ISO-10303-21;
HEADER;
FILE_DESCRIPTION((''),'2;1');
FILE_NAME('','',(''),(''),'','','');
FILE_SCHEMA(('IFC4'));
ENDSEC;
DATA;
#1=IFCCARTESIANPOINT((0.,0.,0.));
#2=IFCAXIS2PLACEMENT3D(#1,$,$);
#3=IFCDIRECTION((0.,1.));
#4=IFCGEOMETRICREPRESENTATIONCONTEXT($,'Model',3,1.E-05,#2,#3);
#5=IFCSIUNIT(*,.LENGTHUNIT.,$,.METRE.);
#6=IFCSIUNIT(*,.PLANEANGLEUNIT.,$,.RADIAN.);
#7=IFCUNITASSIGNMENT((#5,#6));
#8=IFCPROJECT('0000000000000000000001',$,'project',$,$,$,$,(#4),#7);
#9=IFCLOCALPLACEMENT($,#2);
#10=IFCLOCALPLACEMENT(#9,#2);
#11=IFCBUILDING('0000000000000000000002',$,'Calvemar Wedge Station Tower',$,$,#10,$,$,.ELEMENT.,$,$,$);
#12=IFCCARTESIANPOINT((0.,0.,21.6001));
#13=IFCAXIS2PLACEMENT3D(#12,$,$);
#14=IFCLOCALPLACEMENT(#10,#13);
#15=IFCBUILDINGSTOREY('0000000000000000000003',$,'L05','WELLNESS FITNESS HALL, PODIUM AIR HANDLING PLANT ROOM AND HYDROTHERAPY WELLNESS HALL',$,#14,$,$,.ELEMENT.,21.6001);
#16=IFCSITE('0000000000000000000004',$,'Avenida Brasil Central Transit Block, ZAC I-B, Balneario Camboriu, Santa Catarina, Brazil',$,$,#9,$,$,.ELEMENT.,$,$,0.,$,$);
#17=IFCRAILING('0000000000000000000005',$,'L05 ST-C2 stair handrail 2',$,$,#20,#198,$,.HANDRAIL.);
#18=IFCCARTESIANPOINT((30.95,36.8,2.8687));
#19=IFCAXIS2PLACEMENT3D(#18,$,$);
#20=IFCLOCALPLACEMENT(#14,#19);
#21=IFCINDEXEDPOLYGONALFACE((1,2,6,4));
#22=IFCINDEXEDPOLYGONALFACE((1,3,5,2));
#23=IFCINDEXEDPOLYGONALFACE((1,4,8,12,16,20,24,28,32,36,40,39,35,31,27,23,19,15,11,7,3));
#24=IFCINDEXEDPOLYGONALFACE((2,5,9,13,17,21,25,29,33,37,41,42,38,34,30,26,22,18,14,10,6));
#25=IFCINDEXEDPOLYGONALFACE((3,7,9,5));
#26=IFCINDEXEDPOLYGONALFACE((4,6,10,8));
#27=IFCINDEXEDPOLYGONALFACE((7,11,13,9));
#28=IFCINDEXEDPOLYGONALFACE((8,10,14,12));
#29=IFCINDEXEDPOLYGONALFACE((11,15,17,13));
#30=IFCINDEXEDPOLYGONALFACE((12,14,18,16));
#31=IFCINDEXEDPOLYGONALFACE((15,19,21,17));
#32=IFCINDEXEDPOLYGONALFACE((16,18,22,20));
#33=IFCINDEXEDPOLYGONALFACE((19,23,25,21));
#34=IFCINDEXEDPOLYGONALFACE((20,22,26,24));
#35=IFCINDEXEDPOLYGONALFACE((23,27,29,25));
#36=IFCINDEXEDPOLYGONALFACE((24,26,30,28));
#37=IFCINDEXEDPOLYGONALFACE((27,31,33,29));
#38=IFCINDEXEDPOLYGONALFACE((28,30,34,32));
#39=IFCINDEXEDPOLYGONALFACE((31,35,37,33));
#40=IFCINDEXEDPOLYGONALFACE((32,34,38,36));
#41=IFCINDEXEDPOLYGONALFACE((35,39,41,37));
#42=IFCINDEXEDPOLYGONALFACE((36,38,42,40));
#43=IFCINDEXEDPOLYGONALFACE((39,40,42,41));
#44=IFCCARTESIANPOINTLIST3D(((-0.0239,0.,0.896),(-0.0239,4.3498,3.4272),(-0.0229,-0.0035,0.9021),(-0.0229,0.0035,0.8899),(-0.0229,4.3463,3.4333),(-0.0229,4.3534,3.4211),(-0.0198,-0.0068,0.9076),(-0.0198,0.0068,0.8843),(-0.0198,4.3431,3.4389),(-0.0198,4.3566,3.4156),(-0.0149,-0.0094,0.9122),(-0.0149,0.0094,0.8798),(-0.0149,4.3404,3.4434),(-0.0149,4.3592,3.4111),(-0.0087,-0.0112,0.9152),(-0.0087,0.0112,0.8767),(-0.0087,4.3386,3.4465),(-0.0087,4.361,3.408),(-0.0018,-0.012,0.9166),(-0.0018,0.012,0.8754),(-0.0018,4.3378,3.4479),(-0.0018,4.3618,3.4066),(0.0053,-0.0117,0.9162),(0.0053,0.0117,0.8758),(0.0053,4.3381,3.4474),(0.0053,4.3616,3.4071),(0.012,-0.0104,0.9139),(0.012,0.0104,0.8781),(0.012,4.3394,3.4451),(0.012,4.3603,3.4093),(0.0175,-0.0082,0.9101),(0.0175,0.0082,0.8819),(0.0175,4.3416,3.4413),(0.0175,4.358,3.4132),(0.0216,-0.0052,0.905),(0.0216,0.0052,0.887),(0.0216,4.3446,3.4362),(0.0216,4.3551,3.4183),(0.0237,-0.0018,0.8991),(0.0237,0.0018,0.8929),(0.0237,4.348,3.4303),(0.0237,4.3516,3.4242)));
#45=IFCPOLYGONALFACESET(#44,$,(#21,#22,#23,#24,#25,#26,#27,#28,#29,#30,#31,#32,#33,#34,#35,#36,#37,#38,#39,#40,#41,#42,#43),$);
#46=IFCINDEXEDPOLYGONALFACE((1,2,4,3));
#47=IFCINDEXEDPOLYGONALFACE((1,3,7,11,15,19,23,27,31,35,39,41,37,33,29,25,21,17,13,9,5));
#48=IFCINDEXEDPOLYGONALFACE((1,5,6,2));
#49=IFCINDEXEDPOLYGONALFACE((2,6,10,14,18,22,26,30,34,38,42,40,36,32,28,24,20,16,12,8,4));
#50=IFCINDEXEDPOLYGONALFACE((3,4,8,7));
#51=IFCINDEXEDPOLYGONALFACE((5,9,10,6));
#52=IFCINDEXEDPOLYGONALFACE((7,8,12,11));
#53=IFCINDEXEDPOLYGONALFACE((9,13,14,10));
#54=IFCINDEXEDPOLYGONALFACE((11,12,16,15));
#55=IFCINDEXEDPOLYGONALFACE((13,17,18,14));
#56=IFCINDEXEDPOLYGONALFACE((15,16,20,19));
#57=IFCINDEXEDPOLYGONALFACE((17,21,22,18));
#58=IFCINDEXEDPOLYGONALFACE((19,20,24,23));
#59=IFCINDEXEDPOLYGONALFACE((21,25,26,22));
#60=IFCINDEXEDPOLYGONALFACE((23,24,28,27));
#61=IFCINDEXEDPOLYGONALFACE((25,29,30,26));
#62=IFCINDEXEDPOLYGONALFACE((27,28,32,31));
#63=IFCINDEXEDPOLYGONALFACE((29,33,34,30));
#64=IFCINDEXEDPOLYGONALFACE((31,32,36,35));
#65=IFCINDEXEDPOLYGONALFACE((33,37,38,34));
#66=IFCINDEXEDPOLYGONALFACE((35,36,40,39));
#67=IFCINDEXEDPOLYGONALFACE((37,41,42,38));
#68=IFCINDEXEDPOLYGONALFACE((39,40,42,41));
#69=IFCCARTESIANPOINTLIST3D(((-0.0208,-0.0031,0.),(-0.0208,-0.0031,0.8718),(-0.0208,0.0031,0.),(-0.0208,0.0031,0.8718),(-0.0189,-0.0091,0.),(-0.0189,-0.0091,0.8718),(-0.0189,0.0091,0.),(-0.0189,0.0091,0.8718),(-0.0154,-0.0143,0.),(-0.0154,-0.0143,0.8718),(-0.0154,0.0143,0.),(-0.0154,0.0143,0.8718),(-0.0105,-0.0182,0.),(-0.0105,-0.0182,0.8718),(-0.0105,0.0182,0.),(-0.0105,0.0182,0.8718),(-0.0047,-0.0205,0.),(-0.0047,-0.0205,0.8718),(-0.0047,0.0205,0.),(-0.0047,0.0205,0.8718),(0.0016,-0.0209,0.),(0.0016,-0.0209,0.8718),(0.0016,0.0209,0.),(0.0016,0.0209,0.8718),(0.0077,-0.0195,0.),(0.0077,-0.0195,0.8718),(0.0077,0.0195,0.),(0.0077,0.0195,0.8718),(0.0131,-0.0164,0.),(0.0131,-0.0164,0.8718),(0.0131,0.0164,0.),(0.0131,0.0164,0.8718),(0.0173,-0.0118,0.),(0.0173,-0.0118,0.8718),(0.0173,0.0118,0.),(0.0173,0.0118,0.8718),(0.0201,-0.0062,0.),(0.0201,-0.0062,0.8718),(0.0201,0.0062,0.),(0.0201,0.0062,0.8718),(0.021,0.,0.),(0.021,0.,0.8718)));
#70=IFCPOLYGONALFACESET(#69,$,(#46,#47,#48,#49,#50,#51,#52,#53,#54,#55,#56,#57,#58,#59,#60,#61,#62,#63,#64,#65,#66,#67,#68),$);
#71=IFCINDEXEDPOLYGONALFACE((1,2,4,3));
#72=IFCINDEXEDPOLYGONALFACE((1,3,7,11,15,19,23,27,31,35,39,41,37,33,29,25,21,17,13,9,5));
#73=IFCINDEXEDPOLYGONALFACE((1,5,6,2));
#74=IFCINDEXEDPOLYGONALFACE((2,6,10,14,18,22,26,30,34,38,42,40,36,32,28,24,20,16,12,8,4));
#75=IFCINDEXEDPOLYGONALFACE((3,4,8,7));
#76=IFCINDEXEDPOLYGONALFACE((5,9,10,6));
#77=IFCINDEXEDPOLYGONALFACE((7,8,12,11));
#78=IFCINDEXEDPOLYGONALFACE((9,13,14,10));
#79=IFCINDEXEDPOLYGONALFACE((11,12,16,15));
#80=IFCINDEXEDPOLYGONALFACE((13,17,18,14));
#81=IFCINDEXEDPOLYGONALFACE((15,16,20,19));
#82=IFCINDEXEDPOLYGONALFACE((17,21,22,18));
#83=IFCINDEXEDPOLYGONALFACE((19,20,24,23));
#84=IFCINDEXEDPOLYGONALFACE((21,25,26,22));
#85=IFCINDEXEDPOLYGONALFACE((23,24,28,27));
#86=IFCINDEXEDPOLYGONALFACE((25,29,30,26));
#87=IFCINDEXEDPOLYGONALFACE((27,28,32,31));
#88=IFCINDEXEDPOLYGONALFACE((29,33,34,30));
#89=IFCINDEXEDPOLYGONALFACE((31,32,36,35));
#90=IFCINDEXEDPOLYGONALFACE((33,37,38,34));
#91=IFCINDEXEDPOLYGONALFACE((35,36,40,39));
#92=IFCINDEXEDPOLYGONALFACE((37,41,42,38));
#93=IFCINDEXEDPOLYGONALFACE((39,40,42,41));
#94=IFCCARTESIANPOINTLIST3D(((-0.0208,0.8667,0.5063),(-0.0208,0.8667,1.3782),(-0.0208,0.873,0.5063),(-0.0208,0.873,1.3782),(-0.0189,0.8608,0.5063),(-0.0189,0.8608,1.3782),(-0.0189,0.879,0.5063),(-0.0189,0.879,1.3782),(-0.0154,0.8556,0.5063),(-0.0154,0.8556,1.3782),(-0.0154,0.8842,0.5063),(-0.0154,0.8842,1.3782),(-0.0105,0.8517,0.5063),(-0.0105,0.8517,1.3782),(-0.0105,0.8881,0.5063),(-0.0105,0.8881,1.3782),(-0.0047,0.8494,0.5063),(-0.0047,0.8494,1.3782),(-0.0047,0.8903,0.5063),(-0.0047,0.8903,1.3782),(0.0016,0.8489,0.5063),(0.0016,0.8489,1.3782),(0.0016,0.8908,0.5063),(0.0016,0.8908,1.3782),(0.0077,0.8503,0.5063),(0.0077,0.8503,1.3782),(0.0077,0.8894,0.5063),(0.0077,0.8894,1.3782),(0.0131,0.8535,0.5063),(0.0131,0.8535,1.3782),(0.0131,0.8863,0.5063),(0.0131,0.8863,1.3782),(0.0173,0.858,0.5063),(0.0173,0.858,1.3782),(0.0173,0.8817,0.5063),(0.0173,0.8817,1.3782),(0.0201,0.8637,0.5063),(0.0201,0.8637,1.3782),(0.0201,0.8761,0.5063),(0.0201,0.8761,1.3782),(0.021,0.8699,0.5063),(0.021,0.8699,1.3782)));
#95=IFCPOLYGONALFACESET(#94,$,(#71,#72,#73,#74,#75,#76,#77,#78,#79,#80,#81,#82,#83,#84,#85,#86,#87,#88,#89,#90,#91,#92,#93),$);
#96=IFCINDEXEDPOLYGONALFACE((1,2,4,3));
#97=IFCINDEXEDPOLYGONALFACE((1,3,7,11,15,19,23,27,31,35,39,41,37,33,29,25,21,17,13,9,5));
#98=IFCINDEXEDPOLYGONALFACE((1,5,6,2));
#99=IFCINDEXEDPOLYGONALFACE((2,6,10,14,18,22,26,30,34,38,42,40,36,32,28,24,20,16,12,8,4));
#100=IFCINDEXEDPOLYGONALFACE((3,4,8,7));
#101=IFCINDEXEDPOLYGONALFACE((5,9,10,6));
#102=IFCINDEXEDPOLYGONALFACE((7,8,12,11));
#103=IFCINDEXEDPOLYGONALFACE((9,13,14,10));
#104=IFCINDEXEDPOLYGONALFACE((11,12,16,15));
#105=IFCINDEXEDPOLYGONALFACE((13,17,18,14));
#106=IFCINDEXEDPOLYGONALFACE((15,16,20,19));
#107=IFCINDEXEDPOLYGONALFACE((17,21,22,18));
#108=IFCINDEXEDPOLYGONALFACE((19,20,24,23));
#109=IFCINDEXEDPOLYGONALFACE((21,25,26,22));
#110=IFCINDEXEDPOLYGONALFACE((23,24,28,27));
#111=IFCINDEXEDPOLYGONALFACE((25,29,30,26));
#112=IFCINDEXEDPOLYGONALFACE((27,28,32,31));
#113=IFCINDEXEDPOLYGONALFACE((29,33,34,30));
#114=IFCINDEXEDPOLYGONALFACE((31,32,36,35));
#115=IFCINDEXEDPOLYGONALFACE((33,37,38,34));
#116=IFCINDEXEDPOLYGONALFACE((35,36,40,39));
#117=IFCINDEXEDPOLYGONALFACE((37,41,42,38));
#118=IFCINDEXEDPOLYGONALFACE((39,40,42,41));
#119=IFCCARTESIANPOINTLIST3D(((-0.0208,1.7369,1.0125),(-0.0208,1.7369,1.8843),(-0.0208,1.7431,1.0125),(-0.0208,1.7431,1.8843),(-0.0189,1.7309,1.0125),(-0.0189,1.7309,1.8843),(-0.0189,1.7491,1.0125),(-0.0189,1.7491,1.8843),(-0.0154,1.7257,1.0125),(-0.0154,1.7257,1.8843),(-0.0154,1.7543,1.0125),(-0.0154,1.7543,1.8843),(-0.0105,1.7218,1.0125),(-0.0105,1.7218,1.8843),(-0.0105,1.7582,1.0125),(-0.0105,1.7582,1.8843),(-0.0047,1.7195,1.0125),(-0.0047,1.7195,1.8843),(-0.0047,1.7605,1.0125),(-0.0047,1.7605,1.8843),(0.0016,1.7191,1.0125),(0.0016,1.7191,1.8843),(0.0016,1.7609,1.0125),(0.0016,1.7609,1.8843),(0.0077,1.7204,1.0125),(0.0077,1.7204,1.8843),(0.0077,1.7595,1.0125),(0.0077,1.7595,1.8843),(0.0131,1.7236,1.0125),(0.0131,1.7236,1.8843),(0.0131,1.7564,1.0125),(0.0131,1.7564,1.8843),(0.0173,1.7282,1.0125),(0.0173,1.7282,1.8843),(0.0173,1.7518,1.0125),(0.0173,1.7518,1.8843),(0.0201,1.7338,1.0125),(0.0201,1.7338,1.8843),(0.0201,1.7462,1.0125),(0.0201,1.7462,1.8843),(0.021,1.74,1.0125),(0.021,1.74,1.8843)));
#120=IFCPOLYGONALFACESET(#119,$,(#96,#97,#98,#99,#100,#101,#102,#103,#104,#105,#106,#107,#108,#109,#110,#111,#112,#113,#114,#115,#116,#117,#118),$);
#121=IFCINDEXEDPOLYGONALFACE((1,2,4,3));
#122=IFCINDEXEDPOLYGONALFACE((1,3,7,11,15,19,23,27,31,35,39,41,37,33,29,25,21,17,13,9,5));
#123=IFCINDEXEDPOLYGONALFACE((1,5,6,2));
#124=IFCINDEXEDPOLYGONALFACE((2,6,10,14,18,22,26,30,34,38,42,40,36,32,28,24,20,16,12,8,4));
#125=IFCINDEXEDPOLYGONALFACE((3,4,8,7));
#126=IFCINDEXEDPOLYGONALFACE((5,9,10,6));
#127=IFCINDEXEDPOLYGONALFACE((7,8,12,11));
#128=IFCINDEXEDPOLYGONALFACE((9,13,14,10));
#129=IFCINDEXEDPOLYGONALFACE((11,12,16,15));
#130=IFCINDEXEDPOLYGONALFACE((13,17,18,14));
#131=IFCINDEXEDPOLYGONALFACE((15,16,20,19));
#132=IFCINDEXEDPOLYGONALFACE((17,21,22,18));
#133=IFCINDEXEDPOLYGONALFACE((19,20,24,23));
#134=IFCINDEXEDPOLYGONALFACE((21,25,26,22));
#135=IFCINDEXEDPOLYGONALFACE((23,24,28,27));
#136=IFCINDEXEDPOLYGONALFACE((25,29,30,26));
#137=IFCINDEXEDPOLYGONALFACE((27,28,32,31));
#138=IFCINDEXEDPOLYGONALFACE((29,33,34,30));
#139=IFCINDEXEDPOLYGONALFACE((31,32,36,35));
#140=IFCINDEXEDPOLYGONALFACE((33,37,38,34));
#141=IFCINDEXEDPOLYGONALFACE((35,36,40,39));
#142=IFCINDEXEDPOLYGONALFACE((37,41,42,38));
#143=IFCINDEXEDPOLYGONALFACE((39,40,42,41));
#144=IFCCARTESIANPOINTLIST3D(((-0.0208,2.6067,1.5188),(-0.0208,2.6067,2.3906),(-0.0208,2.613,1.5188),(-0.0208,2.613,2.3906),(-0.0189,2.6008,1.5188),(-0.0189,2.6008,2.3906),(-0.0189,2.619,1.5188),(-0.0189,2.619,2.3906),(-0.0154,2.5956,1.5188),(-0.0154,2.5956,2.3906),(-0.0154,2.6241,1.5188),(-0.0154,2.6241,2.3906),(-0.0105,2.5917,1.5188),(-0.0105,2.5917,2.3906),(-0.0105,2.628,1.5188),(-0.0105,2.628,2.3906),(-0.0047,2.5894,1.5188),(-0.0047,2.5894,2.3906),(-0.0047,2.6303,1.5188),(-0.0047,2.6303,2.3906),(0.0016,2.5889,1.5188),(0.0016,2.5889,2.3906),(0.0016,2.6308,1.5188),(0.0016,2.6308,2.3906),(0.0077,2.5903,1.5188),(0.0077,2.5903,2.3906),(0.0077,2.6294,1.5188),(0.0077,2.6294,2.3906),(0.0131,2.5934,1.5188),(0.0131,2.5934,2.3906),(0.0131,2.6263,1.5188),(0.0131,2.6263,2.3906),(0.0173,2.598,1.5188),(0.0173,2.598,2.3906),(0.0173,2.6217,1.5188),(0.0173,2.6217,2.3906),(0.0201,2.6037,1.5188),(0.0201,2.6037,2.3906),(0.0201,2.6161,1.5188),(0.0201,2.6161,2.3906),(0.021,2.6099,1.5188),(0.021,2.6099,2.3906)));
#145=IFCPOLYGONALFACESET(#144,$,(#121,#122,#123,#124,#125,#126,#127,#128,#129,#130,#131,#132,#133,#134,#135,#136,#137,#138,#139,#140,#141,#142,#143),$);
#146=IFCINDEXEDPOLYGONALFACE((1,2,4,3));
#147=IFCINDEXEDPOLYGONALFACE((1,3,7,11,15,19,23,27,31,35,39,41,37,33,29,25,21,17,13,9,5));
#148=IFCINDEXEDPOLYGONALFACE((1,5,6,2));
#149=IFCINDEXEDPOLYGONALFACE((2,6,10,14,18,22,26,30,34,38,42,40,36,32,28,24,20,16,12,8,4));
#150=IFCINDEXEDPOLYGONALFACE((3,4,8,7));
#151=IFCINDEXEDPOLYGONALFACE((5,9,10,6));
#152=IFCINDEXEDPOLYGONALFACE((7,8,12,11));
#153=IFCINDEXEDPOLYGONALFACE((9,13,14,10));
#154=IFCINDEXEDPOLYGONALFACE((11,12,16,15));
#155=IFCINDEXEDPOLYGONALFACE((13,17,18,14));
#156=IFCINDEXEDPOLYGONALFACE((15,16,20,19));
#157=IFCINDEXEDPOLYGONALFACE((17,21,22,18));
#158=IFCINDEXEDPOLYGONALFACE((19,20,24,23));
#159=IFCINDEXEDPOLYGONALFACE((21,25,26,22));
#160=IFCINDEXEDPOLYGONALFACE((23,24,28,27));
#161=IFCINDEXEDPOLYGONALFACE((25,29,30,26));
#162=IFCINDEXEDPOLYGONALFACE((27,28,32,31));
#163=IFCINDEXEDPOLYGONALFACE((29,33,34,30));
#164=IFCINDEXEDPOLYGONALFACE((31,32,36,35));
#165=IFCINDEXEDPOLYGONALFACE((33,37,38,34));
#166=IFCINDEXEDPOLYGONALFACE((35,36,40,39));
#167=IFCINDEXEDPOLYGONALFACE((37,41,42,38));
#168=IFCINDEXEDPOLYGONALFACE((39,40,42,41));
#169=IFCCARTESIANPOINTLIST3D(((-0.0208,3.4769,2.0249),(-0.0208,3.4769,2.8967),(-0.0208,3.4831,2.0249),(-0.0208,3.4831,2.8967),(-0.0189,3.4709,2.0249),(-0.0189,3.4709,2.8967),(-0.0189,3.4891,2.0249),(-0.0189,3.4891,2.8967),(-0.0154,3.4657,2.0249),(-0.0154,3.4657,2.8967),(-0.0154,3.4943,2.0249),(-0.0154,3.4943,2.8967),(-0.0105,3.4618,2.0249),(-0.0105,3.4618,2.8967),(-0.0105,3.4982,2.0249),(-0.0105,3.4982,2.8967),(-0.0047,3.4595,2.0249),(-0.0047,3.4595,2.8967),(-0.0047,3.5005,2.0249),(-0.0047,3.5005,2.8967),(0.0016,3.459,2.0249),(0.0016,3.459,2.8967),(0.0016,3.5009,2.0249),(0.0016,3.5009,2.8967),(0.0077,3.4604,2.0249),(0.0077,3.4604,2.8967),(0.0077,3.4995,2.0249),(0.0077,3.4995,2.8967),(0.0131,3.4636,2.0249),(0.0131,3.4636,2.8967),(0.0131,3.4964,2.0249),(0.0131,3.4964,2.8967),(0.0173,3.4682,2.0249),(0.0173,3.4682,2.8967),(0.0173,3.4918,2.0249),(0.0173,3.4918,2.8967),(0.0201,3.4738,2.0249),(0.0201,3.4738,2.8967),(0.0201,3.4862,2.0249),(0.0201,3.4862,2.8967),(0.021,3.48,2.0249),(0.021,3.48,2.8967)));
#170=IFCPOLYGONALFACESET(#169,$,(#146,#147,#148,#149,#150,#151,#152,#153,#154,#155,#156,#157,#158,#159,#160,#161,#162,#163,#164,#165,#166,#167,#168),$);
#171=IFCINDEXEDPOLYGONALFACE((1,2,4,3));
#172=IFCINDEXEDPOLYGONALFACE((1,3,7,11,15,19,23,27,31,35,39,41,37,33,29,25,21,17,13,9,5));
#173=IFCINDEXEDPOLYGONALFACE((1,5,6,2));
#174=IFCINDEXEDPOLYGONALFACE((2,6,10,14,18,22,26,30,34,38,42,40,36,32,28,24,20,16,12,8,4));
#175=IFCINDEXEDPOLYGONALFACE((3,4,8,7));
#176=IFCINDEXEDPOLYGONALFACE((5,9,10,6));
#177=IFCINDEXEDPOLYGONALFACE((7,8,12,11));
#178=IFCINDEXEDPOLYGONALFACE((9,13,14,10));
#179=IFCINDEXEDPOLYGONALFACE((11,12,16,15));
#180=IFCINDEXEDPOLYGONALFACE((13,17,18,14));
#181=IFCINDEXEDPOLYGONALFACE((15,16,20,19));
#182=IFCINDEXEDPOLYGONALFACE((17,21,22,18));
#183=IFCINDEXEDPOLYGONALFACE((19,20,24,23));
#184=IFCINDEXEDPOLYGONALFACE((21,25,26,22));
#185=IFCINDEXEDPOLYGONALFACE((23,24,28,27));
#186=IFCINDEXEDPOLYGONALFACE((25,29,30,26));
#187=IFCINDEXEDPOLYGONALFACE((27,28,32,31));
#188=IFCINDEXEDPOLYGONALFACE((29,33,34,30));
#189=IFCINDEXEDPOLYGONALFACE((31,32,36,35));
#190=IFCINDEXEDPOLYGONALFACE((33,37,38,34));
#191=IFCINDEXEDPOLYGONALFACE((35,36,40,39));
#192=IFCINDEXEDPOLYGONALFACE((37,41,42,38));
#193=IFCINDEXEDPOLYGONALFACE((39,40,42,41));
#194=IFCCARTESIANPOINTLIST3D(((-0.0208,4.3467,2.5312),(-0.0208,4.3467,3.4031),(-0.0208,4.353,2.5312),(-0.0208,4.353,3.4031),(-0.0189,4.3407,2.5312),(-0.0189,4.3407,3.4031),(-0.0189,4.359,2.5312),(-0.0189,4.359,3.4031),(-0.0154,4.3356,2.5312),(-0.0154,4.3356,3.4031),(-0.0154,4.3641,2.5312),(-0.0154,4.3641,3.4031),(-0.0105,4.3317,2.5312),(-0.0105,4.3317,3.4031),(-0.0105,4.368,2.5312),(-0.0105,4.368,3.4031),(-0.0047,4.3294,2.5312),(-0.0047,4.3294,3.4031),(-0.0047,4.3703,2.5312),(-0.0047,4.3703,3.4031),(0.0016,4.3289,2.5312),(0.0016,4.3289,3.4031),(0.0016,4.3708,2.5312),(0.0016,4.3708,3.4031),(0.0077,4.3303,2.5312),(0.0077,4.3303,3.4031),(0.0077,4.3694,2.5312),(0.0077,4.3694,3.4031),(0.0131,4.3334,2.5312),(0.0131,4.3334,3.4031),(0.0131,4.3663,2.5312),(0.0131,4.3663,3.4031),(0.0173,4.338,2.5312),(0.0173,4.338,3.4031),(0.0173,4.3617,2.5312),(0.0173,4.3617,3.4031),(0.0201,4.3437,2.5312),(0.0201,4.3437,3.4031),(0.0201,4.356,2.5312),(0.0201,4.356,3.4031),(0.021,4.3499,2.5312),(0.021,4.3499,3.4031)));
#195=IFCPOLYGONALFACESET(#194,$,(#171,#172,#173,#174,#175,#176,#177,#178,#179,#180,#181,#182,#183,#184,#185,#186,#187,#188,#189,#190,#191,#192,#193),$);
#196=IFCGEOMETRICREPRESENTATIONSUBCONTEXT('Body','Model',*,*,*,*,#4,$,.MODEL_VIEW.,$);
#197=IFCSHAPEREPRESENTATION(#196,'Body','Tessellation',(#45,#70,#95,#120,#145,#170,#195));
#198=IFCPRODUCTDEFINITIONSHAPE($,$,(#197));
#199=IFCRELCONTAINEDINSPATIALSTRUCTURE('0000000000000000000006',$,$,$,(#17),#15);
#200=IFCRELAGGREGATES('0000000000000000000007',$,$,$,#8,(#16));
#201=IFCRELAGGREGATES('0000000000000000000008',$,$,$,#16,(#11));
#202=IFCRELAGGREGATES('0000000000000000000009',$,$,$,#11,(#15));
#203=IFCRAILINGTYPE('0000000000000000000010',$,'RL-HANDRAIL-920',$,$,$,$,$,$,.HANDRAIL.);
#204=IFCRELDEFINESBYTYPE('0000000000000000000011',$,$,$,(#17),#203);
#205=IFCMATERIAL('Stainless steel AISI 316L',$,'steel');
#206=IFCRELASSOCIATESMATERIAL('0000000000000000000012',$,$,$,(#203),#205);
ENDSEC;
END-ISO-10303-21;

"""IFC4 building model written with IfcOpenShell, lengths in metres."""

from ifc_helpers import new_model, si_unit, direction, frame, origin, origin_2d, place, context, subcontext, project, spatial, circle, extrude, material, type_object, element, save


model = new_model("IFC4")

# Units and contexts
model_context = context("Model", 3, precision=1e-05, world=origin(), true_north=direction((0.0, 1.0)))
body_context = subcontext(model_context, "Body", "Model", "MODEL_VIEW")
ifc_project = project(units=[si_unit("LENGTHUNIT", "METRE"), si_unit("PLANEANGLEUNIT", "RADIAN")], contexts=[model_context])

# Site, building, storey
site_placement = place(None, origin())
site = spatial("IfcSite", under=ifc_project, at=site_placement, Name="Avenida Brasil Central Transit Block, ZAC I-B, Balneario Camboriu, Santa Catarina, Brazil", CompositionType="ELEMENT", RefElevation=0.0)
building_placement = place(site_placement, origin())
building = spatial("IfcBuilding", under=site, at=building_placement, Name="Calvemar Wedge Station Tower", CompositionType="ELEMENT")
storey_placement = place(building_placement, frame((0.0, 0.0, 21.6001)))
storey = spatial("IfcBuildingStorey", under=building, at=storey_placement, Name="L05", Description="WELLNESS FITNESS HALL, PODIUM AIR HANDLING PLANT ROOM AND HYDROTHERAPY WELLNESS HALL", CompositionType="ELEMENT", Elevation=21.6001)

# Railing
ifc_material_1 = material(Name="Stainless steel AISI 316L", Category="steel")
railing_type = type_object("IfcRailingType", Name="RL-HANDRAIL-920", PredefinedType="HANDRAIL", material=ifc_material_1)
railing_placement = place(storey_placement, frame((30.95, 36.8, 2.8687)))
element("IfcRailing", 1, at=railing_placement, inside=storey, type_object=railing_type, Name="L05 ST-C2 stair handrail 2", PredefinedType="HANDRAIL", context=body_context, shape_type="SweptSolid", body=[
    extrude(circle(Radius=0.0239, at=origin_2d()), frame((0.0, 0.0, 0.896), z_axis=(0.0, 0.864312, 0.502957), x_axis=(-1.0, 0.0, 0.0)), (0.0, 0.0, 1.0), 5.0327),
    extrude(circle(Radius=0.021, at=origin_2d()), origin(), (0.0, 0.0, 1.0), 0.8718),
    extrude(circle(Radius=0.021, at=origin_2d()), frame((0.0, 0.8699, 0.5063)), (0.0, 0.0, 1.0), 0.8718),
    extrude(circle(Radius=0.021, at=origin_2d()), frame((0.0, 1.74, 1.0125)), (0.0, 0.0, 1.0), 0.8718),
    extrude(circle(Radius=0.021, at=origin_2d()), frame((0.0, 2.6099, 1.5188)), (0.0, 0.0, 1.0), 0.8718),
    extrude(circle(Radius=0.021, at=origin_2d()), frame((0.0, 3.48, 2.0249)), (0.0, 0.0, 1.0), 0.8718),
    extrude(circle(Radius=0.021, at=origin_2d()), frame((0.0, 4.3499, 2.5312)), (0.0, 0.0, 1.0), 0.8718),
])

save(model, "model.ifc")
